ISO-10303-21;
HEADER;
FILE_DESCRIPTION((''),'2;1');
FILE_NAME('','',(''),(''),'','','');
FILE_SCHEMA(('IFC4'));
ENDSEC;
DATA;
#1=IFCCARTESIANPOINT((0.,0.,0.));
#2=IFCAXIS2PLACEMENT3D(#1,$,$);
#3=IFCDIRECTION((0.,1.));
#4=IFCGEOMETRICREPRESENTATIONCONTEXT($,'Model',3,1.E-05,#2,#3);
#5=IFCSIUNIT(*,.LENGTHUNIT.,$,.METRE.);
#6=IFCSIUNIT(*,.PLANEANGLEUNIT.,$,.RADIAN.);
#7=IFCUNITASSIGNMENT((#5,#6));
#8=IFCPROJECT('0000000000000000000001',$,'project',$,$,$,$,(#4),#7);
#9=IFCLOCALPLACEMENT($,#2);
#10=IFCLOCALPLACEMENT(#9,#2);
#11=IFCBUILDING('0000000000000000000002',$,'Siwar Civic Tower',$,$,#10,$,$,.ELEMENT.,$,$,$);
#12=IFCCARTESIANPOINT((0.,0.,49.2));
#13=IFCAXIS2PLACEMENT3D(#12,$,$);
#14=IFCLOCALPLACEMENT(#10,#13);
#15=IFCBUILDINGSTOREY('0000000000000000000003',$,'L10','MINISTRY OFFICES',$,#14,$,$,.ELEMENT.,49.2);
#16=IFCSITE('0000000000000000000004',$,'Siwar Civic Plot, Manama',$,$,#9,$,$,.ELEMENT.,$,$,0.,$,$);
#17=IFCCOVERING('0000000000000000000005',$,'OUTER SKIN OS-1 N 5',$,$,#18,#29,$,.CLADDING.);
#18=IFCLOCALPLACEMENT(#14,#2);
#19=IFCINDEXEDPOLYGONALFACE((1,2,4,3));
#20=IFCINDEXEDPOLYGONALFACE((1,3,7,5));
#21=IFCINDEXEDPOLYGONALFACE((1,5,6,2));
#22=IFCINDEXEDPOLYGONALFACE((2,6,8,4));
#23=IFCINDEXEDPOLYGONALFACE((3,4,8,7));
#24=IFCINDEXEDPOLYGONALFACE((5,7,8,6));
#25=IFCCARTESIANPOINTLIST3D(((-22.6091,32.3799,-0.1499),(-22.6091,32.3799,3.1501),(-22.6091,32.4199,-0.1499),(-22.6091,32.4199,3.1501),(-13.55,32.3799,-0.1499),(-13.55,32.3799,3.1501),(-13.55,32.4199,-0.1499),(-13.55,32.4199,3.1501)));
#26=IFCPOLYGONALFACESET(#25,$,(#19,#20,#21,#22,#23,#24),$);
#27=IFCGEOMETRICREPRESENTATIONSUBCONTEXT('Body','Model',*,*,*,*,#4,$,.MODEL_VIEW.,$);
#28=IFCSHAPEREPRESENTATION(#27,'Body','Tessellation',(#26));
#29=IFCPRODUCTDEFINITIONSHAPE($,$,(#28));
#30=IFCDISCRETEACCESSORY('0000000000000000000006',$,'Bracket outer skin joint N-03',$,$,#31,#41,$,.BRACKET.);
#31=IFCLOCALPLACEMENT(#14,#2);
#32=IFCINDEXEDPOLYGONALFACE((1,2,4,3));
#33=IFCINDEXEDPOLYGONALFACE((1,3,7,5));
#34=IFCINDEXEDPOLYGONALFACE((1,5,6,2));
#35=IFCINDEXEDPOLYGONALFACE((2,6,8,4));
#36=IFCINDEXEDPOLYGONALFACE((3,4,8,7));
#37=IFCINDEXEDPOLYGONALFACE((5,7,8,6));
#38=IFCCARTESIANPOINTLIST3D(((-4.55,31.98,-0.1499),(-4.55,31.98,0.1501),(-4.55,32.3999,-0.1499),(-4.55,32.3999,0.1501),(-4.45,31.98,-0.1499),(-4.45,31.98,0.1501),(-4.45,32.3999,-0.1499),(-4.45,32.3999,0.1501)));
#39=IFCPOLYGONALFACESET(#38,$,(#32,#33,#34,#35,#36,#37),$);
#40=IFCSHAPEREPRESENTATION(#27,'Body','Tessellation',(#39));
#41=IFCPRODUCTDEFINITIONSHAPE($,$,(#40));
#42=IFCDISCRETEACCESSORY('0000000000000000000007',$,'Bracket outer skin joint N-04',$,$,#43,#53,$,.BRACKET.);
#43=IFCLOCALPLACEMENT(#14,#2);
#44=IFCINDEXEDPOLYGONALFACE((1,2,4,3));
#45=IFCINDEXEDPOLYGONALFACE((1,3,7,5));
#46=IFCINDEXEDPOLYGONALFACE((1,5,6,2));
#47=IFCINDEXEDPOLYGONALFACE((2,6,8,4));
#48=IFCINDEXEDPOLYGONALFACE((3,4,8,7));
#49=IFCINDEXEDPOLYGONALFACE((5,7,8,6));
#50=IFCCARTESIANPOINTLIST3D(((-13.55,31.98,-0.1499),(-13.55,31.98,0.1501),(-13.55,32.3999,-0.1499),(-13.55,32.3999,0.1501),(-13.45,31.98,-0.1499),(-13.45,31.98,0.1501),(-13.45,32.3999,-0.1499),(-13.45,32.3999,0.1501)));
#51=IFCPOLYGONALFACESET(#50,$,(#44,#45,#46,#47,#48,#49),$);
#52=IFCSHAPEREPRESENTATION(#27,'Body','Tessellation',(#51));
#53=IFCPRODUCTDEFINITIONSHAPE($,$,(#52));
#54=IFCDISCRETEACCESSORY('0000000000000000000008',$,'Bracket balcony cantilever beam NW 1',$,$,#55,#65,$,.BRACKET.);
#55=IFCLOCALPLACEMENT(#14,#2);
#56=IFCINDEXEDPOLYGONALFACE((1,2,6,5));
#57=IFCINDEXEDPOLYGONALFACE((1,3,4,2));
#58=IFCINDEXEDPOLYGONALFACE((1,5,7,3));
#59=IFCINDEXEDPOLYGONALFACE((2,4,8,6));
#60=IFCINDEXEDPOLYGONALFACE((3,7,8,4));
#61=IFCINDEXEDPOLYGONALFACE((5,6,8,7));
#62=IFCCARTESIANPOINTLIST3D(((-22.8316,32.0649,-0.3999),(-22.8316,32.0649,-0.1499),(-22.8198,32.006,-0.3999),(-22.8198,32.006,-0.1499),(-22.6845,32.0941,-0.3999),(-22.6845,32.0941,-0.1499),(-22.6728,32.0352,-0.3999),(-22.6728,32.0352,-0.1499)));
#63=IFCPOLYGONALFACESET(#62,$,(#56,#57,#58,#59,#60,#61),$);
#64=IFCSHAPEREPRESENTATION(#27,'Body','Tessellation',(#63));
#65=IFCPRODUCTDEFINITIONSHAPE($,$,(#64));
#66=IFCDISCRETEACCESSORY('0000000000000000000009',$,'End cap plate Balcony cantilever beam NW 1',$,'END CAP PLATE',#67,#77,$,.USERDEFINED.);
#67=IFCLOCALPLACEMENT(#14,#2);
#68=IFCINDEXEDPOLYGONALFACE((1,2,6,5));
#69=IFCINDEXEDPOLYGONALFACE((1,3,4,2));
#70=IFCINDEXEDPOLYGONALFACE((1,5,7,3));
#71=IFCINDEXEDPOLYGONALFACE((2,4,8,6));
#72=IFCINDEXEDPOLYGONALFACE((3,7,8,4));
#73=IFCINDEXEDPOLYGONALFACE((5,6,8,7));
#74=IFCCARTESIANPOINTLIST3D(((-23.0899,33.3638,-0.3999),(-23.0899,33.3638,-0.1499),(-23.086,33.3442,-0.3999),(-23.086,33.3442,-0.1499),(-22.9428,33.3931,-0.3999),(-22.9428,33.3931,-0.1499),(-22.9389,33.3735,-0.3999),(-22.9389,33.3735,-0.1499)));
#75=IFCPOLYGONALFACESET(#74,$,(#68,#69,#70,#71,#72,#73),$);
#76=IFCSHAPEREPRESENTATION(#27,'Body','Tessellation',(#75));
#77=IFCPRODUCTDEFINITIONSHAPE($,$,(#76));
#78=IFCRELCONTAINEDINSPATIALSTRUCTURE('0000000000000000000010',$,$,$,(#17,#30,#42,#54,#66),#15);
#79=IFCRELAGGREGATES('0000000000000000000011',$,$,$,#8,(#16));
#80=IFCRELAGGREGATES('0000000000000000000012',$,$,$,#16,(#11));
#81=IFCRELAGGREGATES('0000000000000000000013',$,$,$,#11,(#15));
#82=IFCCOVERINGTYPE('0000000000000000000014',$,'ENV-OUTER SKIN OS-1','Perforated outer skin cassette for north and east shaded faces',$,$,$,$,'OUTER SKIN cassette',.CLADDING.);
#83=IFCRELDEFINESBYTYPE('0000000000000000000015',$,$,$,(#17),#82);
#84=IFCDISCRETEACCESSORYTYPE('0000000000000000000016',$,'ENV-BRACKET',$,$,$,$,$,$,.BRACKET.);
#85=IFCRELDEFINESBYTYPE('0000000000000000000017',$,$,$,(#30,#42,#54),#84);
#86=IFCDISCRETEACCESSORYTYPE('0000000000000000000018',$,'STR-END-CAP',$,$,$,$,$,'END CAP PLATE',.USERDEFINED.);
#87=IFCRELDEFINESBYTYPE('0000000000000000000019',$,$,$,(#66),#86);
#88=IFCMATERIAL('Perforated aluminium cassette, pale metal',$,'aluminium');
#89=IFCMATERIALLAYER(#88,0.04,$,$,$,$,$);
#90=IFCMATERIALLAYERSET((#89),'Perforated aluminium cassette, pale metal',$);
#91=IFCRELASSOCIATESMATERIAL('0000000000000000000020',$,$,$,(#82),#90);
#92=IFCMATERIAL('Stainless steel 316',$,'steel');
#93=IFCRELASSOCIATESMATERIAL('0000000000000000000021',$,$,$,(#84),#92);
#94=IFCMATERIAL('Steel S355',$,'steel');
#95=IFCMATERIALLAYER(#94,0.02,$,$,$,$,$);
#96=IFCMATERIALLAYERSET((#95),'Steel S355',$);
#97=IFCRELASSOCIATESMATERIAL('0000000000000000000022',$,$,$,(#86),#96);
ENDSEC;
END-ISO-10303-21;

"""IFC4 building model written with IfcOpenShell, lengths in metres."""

from ifc_helpers import new_model, si_unit, direction, frame, origin, origin_2d, place, context, subcontext, project, spatial, rectangle, extrude, material, layer, layer_set, type_object, element, save


model = new_model("IFC4")

# Units and contexts
model_context = context("Model", 3, precision=1e-05, world=origin(), true_north=direction((0.0, 1.0)))
body_context = subcontext(model_context, "Body", "Model", "MODEL_VIEW")
ifc_project = project(units=[si_unit("LENGTHUNIT", "METRE"), si_unit("PLANEANGLEUNIT", "RADIAN")], contexts=[model_context])

# Site, building, storey
site_placement = place(None, origin())
site = spatial("IfcSite", under=ifc_project, at=site_placement, Name="Siwar Civic Plot, Manama", CompositionType="ELEMENT", RefElevation=0.0)
building_placement = place(site_placement, origin())
building = spatial("IfcBuilding", under=site, at=building_placement, Name="Siwar Civic Tower", CompositionType="ELEMENT")
storey_placement = place(building_placement, frame((0.0, 0.0, 49.2)))
storey = spatial("IfcBuildingStorey", under=building, at=storey_placement, Name="L10", Description="MINISTRY OFFICES", CompositionType="ELEMENT", Elevation=49.2)

# Covering
ifc_material_1 = material(Name="Perforated aluminium cassette, pale metal", Category="aluminium")
ifc_layer_1 = layer(ifc_material_1, 0.04)
ifc_layer_set_1 = layer_set([ifc_layer_1], Name="Perforated aluminium cassette, pale metal")
covering_type = type_object("IfcCoveringType", Name="ENV-OUTER SKIN OS-1", Description="Perforated outer skin cassette for north and east shaded faces", ElementType="OUTER SKIN cassette", PredefinedType="CLADDING", material=ifc_layer_set_1)
covering_1_placement = place(storey_placement, frame((-18.0796, 32.3999, -0.1499), z_axis=(0.0, 0.0, 1.0), x_axis=(-1.0, 0.0, 0.0)))
element("IfcCovering", 1, at=covering_1_placement, inside=storey, type_object=covering_type, Name="OUTER SKIN OS-1 N 5", PredefinedType="CLADDING", context=body_context, shape_type="SweptSolid", body=[
    extrude(rectangle(XDim=9.0591, YDim=0.04, at=origin_2d()), origin(), (0.0, 0.0, 1.0), 3.3),
])

# Discrete accessories
ifc_material_2 = material(Name="Stainless steel 316", Category="steel")
discrete_accessory_type_1 = type_object("IfcDiscreteAccessoryType", Name="ENV-BRACKET", PredefinedType="BRACKET", material=ifc_material_2)
for number, where, z_axis, x_axis, name in (
    (2, (-4.5, 32.1899, -0.1499), (0.0, 0.0, 1.0), (0.0, 1.0, 0.0), "Bracket outer skin joint N-03"),
    (3, (-13.5, 32.1899, -0.1499), (0.0, 0.0, 1.0), (0.0, 1.0, 0.0), "Bracket outer skin joint N-04"),
):
    element("IfcDiscreteAccessory", number, at=place(storey_placement, frame(where, z_axis=z_axis, x_axis=x_axis)), inside=storey, type_object=discrete_accessory_type_1, Name=name, PredefinedType="BRACKET", context=body_context, shape_type="SweptSolid", body=[
        extrude(rectangle(XDim=0.4199, YDim=0.1001, at=origin_2d()), origin(), (0.0, 0.0, 1.0), 0.3),
    ])
discrete_accessory_1_placement = place(storey_placement, frame((-22.7522, 32.05, -0.3999), z_axis=(0.0, 0.0, 1.0), x_axis=(-0.19509, 0.980785, 0.0)))
element("IfcDiscreteAccessory", 4, at=discrete_accessory_1_placement, inside=storey, type_object=discrete_accessory_type_1, Name="Bracket balcony cantilever beam NW 1", PredefinedType="BRACKET", context=body_context, shape_type="SweptSolid", body=[
    extrude(rectangle(XDim=0.0601, YDim=0.1499, at=origin_2d()), origin(), (0.0, 0.0, 1.0), 0.25),
])
ifc_material_3 = material(Name="Steel S355", Category="steel")
ifc_layer_2 = layer(ifc_material_3, 0.02)
ifc_layer_set_2 = layer_set([ifc_layer_2], Name="Steel S355")
discrete_accessory_type_2 = type_object("IfcDiscreteAccessoryType", Name="STR-END-CAP", ElementType="END CAP PLATE", PredefinedType="USERDEFINED", material=ifc_layer_set_2)
discrete_accessory_2_placement = place(storey_placement, frame((-23.0144, 33.3687, -0.3999), z_axis=(0.0, 0.0, 1.0), x_axis=(-0.19509, 0.980785, 0.0)))
element("IfcDiscreteAccessory", 5, at=discrete_accessory_2_placement, inside=storey, type_object=discrete_accessory_type_2, Name="End cap plate Balcony cantilever beam NW 1", ObjectType="END CAP PLATE", PredefinedType="USERDEFINED", context=body_context, shape_type="SweptSolid", body=[
    extrude(rectangle(XDim=0.02, YDim=0.1499, at=origin_2d()), origin(), (0.0, 0.0, 1.0), 0.25),
])

save(model, "model.ifc")
